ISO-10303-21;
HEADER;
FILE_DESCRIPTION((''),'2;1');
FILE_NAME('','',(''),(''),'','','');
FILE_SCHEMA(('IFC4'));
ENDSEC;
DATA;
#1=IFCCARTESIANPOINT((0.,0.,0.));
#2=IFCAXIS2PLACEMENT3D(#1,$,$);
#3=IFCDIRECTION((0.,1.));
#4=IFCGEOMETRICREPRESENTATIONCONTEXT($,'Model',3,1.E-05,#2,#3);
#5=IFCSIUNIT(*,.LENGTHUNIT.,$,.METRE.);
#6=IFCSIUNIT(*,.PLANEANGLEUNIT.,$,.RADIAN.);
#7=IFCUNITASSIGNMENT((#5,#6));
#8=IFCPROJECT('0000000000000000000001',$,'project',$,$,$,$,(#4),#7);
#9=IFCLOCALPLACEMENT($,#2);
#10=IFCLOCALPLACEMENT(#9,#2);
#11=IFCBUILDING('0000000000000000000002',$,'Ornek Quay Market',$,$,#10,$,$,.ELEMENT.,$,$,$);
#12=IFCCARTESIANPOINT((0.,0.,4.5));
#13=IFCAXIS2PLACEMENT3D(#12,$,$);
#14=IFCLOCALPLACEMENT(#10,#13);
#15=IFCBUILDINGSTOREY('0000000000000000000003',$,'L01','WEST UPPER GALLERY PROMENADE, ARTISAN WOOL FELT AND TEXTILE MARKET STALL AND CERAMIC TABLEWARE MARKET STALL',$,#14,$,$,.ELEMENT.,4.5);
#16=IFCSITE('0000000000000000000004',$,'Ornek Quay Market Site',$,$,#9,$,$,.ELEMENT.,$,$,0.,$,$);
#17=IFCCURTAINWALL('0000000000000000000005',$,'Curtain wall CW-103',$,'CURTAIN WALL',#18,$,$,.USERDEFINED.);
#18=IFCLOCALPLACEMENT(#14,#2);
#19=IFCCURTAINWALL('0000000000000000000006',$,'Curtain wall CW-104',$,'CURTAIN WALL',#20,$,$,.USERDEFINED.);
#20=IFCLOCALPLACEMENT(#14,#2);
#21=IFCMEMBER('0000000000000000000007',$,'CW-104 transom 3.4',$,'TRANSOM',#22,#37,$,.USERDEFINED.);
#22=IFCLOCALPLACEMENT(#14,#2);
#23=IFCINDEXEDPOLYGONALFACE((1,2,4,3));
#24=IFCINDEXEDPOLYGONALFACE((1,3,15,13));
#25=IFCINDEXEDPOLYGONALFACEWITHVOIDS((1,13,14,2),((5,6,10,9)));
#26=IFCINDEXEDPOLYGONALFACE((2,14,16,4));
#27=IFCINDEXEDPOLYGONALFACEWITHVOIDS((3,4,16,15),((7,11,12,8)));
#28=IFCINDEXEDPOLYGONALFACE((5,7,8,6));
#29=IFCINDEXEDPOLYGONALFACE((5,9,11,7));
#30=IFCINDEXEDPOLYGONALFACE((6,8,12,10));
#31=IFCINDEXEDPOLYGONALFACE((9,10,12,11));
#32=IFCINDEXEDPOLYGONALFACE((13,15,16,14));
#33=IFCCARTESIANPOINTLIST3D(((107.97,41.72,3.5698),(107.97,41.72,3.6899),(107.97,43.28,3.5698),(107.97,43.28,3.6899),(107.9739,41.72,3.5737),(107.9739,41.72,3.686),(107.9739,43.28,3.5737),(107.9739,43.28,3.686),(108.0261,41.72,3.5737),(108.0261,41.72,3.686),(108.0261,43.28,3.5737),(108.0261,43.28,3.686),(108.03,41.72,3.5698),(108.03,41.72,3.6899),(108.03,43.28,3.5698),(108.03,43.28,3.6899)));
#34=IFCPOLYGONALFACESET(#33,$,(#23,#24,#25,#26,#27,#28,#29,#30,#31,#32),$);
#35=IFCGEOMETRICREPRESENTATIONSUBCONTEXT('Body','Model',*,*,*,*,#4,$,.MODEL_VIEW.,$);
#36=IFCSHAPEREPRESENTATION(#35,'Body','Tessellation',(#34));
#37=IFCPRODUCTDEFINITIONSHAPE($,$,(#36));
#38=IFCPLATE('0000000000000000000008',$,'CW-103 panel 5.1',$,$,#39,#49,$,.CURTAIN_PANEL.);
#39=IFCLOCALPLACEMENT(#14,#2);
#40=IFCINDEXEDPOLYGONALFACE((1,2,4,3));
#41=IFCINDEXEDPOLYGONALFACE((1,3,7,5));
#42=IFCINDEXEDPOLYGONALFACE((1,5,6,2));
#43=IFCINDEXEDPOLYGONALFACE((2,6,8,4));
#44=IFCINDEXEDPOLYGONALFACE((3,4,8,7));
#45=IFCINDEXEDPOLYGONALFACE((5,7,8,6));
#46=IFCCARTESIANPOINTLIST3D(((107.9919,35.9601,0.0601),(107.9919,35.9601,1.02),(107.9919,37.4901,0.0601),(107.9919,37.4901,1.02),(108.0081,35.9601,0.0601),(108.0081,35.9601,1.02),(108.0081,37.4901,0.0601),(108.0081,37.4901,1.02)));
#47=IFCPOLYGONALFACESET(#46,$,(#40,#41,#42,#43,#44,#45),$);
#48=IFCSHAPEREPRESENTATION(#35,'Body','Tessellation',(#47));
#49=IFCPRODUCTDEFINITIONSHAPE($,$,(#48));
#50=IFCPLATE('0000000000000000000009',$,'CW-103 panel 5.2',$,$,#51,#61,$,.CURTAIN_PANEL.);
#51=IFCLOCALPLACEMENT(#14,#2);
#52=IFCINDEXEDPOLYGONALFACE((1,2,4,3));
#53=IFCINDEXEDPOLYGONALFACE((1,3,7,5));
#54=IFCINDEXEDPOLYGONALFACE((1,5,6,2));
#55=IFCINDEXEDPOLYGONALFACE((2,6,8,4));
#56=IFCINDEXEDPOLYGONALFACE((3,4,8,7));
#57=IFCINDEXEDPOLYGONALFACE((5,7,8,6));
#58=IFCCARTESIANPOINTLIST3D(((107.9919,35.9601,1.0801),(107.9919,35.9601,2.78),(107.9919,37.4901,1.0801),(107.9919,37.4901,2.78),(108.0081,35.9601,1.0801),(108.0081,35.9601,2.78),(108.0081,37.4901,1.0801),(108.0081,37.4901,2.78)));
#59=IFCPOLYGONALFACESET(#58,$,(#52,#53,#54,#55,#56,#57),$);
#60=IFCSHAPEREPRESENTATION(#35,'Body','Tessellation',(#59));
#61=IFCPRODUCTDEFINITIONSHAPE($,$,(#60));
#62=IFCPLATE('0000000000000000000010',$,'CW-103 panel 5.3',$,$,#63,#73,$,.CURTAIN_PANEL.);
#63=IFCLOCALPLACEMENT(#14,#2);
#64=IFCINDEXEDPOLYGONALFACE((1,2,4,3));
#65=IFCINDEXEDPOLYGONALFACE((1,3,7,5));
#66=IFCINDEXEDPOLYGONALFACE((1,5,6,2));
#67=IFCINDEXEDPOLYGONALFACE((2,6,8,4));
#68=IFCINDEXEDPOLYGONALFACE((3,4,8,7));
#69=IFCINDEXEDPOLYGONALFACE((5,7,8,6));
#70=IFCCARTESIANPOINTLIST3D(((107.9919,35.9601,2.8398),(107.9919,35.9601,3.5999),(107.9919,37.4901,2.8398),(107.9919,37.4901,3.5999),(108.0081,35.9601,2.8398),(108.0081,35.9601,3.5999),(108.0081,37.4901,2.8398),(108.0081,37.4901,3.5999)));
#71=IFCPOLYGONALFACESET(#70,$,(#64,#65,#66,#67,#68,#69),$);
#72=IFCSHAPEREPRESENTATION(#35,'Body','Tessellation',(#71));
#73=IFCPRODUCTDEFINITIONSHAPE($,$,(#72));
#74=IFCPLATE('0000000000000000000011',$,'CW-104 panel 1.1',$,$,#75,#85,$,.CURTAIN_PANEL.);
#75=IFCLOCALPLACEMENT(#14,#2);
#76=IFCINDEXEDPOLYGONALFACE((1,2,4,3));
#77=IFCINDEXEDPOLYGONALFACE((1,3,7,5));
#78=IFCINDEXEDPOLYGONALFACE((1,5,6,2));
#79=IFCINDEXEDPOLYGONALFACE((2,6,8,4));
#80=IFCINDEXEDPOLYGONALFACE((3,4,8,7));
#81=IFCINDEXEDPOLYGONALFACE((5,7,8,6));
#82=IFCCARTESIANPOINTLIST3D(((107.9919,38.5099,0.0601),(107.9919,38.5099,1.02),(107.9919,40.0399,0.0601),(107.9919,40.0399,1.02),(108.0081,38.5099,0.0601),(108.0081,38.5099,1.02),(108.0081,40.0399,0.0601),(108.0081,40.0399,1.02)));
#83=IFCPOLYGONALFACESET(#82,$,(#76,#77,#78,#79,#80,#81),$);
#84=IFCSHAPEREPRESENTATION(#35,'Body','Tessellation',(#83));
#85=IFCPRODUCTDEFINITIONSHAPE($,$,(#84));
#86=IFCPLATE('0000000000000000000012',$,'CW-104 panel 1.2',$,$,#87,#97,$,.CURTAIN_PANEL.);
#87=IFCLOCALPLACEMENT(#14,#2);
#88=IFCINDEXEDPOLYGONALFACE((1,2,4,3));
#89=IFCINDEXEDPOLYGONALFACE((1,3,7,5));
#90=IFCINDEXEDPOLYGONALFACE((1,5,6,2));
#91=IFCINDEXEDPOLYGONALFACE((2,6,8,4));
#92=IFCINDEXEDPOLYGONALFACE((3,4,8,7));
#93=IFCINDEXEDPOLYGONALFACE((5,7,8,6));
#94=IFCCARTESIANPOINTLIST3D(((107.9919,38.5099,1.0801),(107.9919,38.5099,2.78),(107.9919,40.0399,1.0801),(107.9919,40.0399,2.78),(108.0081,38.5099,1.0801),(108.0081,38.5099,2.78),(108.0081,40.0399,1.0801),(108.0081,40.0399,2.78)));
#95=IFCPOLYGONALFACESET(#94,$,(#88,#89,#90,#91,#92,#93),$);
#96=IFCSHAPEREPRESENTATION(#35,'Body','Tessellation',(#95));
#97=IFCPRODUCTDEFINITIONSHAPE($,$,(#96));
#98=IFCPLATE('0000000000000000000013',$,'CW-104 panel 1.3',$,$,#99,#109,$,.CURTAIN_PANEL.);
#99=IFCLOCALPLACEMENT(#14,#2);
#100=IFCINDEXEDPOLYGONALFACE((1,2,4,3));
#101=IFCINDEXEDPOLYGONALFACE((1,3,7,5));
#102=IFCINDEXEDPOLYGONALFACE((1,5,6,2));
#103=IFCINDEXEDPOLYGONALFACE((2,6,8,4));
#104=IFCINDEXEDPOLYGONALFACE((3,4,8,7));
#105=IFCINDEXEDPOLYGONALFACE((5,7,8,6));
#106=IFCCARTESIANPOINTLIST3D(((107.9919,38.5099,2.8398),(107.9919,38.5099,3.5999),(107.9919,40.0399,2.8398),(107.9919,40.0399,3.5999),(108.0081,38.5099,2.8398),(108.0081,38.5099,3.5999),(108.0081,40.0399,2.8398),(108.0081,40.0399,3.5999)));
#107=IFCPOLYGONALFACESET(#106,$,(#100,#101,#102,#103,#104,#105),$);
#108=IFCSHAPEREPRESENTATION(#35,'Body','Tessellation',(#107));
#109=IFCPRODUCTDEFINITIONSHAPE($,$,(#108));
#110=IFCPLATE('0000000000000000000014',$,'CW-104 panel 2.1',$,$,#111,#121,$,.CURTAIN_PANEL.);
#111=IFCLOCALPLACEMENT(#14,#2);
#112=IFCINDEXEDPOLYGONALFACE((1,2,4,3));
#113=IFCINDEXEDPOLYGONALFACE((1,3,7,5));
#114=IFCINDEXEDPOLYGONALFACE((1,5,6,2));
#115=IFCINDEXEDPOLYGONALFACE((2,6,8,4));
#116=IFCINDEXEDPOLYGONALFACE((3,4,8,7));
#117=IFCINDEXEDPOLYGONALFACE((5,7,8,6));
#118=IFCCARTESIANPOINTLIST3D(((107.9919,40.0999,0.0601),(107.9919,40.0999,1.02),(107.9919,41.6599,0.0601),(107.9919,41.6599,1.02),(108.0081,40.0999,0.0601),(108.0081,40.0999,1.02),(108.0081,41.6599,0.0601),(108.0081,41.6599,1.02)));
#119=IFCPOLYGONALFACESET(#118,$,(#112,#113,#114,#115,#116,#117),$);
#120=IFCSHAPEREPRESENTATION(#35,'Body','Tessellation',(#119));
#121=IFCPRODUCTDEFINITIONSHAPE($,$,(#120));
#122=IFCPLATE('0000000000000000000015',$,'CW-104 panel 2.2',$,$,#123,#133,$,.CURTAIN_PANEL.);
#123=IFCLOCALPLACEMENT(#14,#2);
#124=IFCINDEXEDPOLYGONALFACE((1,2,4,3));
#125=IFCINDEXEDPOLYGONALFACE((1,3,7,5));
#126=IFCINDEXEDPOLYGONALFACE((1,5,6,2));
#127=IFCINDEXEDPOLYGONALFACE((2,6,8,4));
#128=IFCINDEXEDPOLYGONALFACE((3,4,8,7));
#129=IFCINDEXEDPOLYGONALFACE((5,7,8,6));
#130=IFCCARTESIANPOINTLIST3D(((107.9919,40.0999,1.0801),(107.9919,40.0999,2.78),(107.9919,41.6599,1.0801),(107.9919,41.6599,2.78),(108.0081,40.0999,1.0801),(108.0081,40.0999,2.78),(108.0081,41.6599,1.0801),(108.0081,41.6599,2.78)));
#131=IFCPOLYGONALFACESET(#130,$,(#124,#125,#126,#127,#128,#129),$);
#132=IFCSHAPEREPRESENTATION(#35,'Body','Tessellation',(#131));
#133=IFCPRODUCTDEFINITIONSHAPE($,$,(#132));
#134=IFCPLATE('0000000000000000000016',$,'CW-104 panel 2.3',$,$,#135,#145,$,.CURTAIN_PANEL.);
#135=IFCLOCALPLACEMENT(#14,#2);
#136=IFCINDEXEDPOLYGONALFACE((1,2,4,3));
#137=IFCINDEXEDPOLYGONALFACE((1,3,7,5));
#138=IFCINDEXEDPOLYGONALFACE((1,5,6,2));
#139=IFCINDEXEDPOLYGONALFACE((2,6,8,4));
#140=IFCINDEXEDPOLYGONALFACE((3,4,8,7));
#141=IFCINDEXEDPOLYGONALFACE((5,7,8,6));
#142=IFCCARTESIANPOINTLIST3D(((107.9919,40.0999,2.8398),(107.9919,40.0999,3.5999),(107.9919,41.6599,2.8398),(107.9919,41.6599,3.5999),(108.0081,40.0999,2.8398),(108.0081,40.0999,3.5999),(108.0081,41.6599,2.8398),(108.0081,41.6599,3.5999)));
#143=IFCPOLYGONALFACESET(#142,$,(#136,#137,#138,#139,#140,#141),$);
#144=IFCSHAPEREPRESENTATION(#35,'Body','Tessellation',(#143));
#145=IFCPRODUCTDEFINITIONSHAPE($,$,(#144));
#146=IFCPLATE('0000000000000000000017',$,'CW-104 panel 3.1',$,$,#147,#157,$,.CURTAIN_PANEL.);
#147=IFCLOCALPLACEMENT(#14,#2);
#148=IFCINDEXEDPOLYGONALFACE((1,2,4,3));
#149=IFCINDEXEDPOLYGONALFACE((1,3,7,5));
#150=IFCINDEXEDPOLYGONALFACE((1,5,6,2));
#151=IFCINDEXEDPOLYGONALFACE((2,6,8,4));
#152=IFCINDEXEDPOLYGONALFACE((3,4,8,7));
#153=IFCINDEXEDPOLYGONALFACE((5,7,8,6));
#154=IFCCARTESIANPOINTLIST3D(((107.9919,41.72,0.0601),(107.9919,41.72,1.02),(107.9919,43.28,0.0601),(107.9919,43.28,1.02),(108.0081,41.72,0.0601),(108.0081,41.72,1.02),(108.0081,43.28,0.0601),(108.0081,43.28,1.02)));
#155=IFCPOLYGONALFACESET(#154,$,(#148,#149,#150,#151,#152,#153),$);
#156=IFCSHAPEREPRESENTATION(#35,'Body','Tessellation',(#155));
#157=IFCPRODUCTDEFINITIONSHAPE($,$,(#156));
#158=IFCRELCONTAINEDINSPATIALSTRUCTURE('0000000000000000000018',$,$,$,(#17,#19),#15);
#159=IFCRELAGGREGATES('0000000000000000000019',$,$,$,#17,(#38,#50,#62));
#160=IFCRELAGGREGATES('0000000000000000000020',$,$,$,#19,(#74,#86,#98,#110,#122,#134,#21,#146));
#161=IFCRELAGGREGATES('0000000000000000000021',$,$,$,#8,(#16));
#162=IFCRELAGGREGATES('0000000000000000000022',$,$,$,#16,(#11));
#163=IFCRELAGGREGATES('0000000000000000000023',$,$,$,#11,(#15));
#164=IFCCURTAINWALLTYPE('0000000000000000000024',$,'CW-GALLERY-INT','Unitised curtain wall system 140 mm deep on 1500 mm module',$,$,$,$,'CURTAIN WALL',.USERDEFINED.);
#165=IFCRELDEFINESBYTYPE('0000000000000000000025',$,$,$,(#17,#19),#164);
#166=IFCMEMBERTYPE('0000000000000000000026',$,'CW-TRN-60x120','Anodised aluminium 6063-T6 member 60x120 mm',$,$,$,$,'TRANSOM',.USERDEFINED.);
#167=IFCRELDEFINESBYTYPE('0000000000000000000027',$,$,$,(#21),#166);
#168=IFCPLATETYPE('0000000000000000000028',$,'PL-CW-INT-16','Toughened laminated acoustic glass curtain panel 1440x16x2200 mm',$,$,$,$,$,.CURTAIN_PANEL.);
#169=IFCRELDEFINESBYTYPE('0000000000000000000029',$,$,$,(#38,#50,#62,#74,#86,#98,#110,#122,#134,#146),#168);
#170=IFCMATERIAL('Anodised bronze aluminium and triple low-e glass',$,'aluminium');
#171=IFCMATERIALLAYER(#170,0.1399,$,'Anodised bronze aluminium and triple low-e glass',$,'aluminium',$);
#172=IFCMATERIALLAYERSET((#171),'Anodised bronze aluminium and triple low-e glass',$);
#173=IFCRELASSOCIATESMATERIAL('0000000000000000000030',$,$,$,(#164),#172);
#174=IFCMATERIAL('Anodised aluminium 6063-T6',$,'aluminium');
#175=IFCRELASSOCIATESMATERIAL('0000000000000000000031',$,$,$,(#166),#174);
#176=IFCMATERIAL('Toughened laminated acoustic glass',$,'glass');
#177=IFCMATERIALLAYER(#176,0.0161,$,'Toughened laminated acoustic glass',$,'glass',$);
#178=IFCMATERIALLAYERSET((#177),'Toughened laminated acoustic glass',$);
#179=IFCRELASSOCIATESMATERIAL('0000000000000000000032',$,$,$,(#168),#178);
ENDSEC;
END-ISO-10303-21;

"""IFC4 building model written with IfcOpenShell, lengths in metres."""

from ifc_helpers import new_model, si_unit, direction, frame, origin, origin_2d, place, context, subcontext, project, spatial, rectangle, hollow_rectangle, extrude, material, layer, layer_set, material_profile, profile_set, type_object, element, aggregate, save


model = new_model("IFC4")

# Units and contexts
model_context = context("Model", 3, precision=1e-05, world=origin(), true_north=direction((0.0, 1.0)))
body_context = subcontext(model_context, "Body", "Model", "MODEL_VIEW")
ifc_project = project(units=[si_unit("LENGTHUNIT", "METRE"), si_unit("PLANEANGLEUNIT", "RADIAN")], contexts=[model_context])

# Site, building, storey
site_placement = place(None, origin())
site = spatial("IfcSite", under=ifc_project, at=site_placement, Name="Ornek Quay Market Site", CompositionType="ELEMENT", RefElevation=0.0)
building_placement = place(site_placement, origin())
building = spatial("IfcBuilding", under=site, at=building_placement, Name="Ornek Quay Market", CompositionType="ELEMENT")
storey_placement = place(building_placement, frame((0.0, 0.0, 4.5)))
storey = spatial("IfcBuildingStorey", under=building, at=storey_placement, Name="L01", Description="WEST UPPER GALLERY PROMENADE, ARTISAN WOOL FELT AND TEXTILE MARKET STALL AND CERAMIC TABLEWARE MARKET STALL", CompositionType="ELEMENT", Elevation=4.5)

# Curtain wall
ifc_material_1 = material(Name="Anodised bronze aluminium and triple low-e glass", Category="aluminium")
ifc_layer_1 = layer(ifc_material_1, 0.1399, Name="Anodised bronze aluminium and triple low-e glass", Category="aluminium")
ifc_layer_set_1 = layer_set([ifc_layer_1], Name="Anodised bronze aluminium and triple low-e glass")
curtain_wall_type = type_object("IfcCurtainWallType", Name="CW-GALLERY-INT", Description="Unitised curtain wall system 140 mm deep on 1500 mm module", ElementType="CURTAIN WALL", PredefinedType="USERDEFINED", material=ifc_layer_set_1)
curtain_wall_1_placement = place(storey_placement, origin())
curtain_wall_1 = element("IfcCurtainWall", 1, at=curtain_wall_1_placement, inside=storey, type_object=curtain_wall_type, Name="Curtain wall CW-103", ObjectType="CURTAIN WALL", PredefinedType="USERDEFINED")
ifc_material_2 = material(Name="Anodised aluminium 6063-T6", Category="aluminium")

# Curtain wall
curtain_wall_2_placement = place(storey_placement, origin())
curtain_wall_2 = element("IfcCurtainWall", 2, at=curtain_wall_2_placement, inside=storey, type_object=curtain_wall_type, Name="Curtain wall CW-104", ObjectType="CURTAIN WALL", PredefinedType="USERDEFINED")

# Member
ifc_material_profile_1 = material_profile(ifc_material_2, hollow_rectangle(XDim=0.0601, YDim=0.1201, WallThickness=0.0039, at=origin_2d()), Name="CW-TRN-60x120", Category="aluminium")
ifc_profile_set_1 = profile_set([ifc_material_profile_1], Name="Anodised aluminium 6063-T6")
member_type_1 = type_object("IfcMemberType", Name="CW-TRN-60x120", Description="Anodised aluminium 6063-T6 member 60x120 mm", ElementType="TRANSOM", PredefinedType="USERDEFINED", material=ifc_profile_set_1)
member_1_placement = place(storey_placement, frame((108.0, 41.72, 3.6299), z_axis=(0.0, 1.0, 0.0), x_axis=(-1.0, 0.0, 0.0)))
member_1 = element("IfcMember", 3, at=member_1_placement, type_object=member_type_1, Name="CW-104 transom 3.4", ObjectType="TRANSOM", PredefinedType="USERDEFINED", context=body_context, shape_type="SweptSolid", body=[
    extrude(hollow_rectangle(XDim=0.0601, YDim=0.1201, WallThickness=0.0039, at=origin_2d()), origin(), (0.0, 0.0, 1.0), 1.5601),
])

# Plates
ifc_material_3 = material(Name="Toughened laminated acoustic glass", Category="glass")
ifc_layer_2 = layer(ifc_material_3, 0.0161, Name="Toughened laminated acoustic glass", Category="glass")
ifc_layer_set_2 = layer_set([ifc_layer_2], Name="Toughened laminated acoustic glass")
plate_type = type_object("IfcPlateType", Name="PL-CW-INT-16", Description="Toughened laminated acoustic glass curtain panel 1440x16x2200 mm", PredefinedType="CURTAIN_PANEL", material=ifc_layer_set_2)
plate_1_placement = place(storey_placement, frame((108.0, 36.7251, 0.0601), z_axis=(0.0, 0.0, 1.0), x_axis=(0.0, 1.0, 0.0)))
plate_1 = element("IfcPlate", 4, at=plate_1_placement, type_object=plate_type, Name="CW-103 panel 5.1", PredefinedType="CURTAIN_PANEL", context=body_context, shape_type="SweptSolid", body=[
    extrude(rectangle(XDim=1.53, YDim=0.0161, at=origin_2d()), origin(), (0.0, 0.0, 1.0), 0.96),
])
plate_2_placement = place(storey_placement, frame((108.0, 36.7251, 1.0801), z_axis=(0.0, 0.0, 1.0), x_axis=(0.0, 1.0, 0.0)))
plate_2 = element("IfcPlate", 5, at=plate_2_placement, type_object=plate_type, Name="CW-103 panel 5.2", PredefinedType="CURTAIN_PANEL", context=body_context, shape_type="SweptSolid", body=[
    extrude(rectangle(XDim=1.53, YDim=0.0161, at=origin_2d()), origin(), (0.0, 0.0, 1.0), 1.7),
])
plate_3_placement = place(storey_placement, frame((108.0, 36.7251, 2.8398), z_axis=(0.0, 0.0, 1.0), x_axis=(0.0, 1.0, 0.0)))
plate_3 = element("IfcPlate", 6, at=plate_3_placement, type_object=plate_type, Name="CW-103 panel 5.3", PredefinedType="CURTAIN_PANEL", context=body_context, shape_type="SweptSolid", body=[
    extrude(rectangle(XDim=1.53, YDim=0.0161, at=origin_2d()), origin(), (0.0, 0.0, 1.0), 0.76),
])
aggregate(curtain_wall_1, [plate_1, plate_2, plate_3])
plate_4_placement = place(storey_placement, frame((108.0, 39.2749, 0.0601), z_axis=(0.0, 0.0, 1.0), x_axis=(0.0, 1.0, 0.0)))
plate_4 = element("IfcPlate", 7, at=plate_4_placement, type_object=plate_type, Name="CW-104 panel 1.1", PredefinedType="CURTAIN_PANEL", context=body_context, shape_type="SweptSolid", body=[
    extrude(rectangle(XDim=1.53, YDim=0.0161, at=origin_2d()), origin(), (0.0, 0.0, 1.0), 0.96),
])
plate_5_placement = place(storey_placement, frame((108.0, 39.2749, 1.0801), z_axis=(0.0, 0.0, 1.0), x_axis=(0.0, 1.0, 0.0)))
plate_5 = element("IfcPlate", 8, at=plate_5_placement, type_object=plate_type, Name="CW-104 panel 1.2", PredefinedType="CURTAIN_PANEL", context=body_context, shape_type="SweptSolid", body=[
    extrude(rectangle(XDim=1.53, YDim=0.0161, at=origin_2d()), origin(), (0.0, 0.0, 1.0), 1.7),
])
plate_6_placement = place(storey_placement, frame((108.0, 39.2749, 2.8398), z_axis=(0.0, 0.0, 1.0), x_axis=(0.0, 1.0, 0.0)))
plate_6 = element("IfcPlate", 9, at=plate_6_placement, type_object=plate_type, Name="CW-104 panel 1.3", PredefinedType="CURTAIN_PANEL", context=body_context, shape_type="SweptSolid", body=[
    extrude(rectangle(XDim=1.53, YDim=0.0161, at=origin_2d()), origin(), (0.0, 0.0, 1.0), 0.76),
])
plate_7_placement = place(storey_placement, frame((108.0, 40.8799, 0.0601), z_axis=(0.0, 0.0, 1.0), x_axis=(0.0, 1.0, 0.0)))
plate_7 = element("IfcPlate", 10, at=plate_7_placement, type_object=plate_type, Name="CW-104 panel 2.1", PredefinedType="CURTAIN_PANEL", context=body_context, shape_type="SweptSolid", body=[
    extrude(rectangle(XDim=1.5601, YDim=0.0161, at=origin_2d()), origin(), (0.0, 0.0, 1.0), 0.96),
])
plate_8_placement = place(storey_placement, frame((108.0, 40.8799, 1.0801), z_axis=(0.0, 0.0, 1.0), x_axis=(0.0, 1.0, 0.0)))
plate_8 = element("IfcPlate", 11, at=plate_8_placement, type_object=plate_type, Name="CW-104 panel 2.2", PredefinedType="CURTAIN_PANEL", context=body_context, shape_type="SweptSolid", body=[
    extrude(rectangle(XDim=1.5601, YDim=0.0161, at=origin_2d()), origin(), (0.0, 0.0, 1.0), 1.7),
])
plate_9_placement = place(storey_placement, frame((108.0, 40.8799, 2.8398), z_axis=(0.0, 0.0, 1.0), x_axis=(0.0, 1.0, 0.0)))
plate_9 = element("IfcPlate", 12, at=plate_9_placement, type_object=plate_type, Name="CW-104 panel 2.3", PredefinedType="CURTAIN_PANEL", context=body_context, shape_type="SweptSolid", body=[
    extrude(rectangle(XDim=1.5601, YDim=0.0161, at=origin_2d()), origin(), (0.0, 0.0, 1.0), 0.76),
])
plate_10_placement = place(storey_placement, frame((108.0, 42.5, 0.0601), z_axis=(0.0, 0.0, 1.0), x_axis=(0.0, 1.0, 0.0)))
plate_10 = element("IfcPlate", 13, at=plate_10_placement, type_object=plate_type, Name="CW-104 panel 3.1", PredefinedType="CURTAIN_PANEL", context=body_context, shape_type="SweptSolid", body=[
    extrude(rectangle(XDim=1.5601, YDim=0.0161, at=origin_2d()), origin(), (0.0, 0.0, 1.0), 0.96),
])
aggregate(curtain_wall_2, [plate_4, plate_5, plate_6, plate_7, plate_8, plate_9, member_1, plate_10])

save(model, "model.ifc")
